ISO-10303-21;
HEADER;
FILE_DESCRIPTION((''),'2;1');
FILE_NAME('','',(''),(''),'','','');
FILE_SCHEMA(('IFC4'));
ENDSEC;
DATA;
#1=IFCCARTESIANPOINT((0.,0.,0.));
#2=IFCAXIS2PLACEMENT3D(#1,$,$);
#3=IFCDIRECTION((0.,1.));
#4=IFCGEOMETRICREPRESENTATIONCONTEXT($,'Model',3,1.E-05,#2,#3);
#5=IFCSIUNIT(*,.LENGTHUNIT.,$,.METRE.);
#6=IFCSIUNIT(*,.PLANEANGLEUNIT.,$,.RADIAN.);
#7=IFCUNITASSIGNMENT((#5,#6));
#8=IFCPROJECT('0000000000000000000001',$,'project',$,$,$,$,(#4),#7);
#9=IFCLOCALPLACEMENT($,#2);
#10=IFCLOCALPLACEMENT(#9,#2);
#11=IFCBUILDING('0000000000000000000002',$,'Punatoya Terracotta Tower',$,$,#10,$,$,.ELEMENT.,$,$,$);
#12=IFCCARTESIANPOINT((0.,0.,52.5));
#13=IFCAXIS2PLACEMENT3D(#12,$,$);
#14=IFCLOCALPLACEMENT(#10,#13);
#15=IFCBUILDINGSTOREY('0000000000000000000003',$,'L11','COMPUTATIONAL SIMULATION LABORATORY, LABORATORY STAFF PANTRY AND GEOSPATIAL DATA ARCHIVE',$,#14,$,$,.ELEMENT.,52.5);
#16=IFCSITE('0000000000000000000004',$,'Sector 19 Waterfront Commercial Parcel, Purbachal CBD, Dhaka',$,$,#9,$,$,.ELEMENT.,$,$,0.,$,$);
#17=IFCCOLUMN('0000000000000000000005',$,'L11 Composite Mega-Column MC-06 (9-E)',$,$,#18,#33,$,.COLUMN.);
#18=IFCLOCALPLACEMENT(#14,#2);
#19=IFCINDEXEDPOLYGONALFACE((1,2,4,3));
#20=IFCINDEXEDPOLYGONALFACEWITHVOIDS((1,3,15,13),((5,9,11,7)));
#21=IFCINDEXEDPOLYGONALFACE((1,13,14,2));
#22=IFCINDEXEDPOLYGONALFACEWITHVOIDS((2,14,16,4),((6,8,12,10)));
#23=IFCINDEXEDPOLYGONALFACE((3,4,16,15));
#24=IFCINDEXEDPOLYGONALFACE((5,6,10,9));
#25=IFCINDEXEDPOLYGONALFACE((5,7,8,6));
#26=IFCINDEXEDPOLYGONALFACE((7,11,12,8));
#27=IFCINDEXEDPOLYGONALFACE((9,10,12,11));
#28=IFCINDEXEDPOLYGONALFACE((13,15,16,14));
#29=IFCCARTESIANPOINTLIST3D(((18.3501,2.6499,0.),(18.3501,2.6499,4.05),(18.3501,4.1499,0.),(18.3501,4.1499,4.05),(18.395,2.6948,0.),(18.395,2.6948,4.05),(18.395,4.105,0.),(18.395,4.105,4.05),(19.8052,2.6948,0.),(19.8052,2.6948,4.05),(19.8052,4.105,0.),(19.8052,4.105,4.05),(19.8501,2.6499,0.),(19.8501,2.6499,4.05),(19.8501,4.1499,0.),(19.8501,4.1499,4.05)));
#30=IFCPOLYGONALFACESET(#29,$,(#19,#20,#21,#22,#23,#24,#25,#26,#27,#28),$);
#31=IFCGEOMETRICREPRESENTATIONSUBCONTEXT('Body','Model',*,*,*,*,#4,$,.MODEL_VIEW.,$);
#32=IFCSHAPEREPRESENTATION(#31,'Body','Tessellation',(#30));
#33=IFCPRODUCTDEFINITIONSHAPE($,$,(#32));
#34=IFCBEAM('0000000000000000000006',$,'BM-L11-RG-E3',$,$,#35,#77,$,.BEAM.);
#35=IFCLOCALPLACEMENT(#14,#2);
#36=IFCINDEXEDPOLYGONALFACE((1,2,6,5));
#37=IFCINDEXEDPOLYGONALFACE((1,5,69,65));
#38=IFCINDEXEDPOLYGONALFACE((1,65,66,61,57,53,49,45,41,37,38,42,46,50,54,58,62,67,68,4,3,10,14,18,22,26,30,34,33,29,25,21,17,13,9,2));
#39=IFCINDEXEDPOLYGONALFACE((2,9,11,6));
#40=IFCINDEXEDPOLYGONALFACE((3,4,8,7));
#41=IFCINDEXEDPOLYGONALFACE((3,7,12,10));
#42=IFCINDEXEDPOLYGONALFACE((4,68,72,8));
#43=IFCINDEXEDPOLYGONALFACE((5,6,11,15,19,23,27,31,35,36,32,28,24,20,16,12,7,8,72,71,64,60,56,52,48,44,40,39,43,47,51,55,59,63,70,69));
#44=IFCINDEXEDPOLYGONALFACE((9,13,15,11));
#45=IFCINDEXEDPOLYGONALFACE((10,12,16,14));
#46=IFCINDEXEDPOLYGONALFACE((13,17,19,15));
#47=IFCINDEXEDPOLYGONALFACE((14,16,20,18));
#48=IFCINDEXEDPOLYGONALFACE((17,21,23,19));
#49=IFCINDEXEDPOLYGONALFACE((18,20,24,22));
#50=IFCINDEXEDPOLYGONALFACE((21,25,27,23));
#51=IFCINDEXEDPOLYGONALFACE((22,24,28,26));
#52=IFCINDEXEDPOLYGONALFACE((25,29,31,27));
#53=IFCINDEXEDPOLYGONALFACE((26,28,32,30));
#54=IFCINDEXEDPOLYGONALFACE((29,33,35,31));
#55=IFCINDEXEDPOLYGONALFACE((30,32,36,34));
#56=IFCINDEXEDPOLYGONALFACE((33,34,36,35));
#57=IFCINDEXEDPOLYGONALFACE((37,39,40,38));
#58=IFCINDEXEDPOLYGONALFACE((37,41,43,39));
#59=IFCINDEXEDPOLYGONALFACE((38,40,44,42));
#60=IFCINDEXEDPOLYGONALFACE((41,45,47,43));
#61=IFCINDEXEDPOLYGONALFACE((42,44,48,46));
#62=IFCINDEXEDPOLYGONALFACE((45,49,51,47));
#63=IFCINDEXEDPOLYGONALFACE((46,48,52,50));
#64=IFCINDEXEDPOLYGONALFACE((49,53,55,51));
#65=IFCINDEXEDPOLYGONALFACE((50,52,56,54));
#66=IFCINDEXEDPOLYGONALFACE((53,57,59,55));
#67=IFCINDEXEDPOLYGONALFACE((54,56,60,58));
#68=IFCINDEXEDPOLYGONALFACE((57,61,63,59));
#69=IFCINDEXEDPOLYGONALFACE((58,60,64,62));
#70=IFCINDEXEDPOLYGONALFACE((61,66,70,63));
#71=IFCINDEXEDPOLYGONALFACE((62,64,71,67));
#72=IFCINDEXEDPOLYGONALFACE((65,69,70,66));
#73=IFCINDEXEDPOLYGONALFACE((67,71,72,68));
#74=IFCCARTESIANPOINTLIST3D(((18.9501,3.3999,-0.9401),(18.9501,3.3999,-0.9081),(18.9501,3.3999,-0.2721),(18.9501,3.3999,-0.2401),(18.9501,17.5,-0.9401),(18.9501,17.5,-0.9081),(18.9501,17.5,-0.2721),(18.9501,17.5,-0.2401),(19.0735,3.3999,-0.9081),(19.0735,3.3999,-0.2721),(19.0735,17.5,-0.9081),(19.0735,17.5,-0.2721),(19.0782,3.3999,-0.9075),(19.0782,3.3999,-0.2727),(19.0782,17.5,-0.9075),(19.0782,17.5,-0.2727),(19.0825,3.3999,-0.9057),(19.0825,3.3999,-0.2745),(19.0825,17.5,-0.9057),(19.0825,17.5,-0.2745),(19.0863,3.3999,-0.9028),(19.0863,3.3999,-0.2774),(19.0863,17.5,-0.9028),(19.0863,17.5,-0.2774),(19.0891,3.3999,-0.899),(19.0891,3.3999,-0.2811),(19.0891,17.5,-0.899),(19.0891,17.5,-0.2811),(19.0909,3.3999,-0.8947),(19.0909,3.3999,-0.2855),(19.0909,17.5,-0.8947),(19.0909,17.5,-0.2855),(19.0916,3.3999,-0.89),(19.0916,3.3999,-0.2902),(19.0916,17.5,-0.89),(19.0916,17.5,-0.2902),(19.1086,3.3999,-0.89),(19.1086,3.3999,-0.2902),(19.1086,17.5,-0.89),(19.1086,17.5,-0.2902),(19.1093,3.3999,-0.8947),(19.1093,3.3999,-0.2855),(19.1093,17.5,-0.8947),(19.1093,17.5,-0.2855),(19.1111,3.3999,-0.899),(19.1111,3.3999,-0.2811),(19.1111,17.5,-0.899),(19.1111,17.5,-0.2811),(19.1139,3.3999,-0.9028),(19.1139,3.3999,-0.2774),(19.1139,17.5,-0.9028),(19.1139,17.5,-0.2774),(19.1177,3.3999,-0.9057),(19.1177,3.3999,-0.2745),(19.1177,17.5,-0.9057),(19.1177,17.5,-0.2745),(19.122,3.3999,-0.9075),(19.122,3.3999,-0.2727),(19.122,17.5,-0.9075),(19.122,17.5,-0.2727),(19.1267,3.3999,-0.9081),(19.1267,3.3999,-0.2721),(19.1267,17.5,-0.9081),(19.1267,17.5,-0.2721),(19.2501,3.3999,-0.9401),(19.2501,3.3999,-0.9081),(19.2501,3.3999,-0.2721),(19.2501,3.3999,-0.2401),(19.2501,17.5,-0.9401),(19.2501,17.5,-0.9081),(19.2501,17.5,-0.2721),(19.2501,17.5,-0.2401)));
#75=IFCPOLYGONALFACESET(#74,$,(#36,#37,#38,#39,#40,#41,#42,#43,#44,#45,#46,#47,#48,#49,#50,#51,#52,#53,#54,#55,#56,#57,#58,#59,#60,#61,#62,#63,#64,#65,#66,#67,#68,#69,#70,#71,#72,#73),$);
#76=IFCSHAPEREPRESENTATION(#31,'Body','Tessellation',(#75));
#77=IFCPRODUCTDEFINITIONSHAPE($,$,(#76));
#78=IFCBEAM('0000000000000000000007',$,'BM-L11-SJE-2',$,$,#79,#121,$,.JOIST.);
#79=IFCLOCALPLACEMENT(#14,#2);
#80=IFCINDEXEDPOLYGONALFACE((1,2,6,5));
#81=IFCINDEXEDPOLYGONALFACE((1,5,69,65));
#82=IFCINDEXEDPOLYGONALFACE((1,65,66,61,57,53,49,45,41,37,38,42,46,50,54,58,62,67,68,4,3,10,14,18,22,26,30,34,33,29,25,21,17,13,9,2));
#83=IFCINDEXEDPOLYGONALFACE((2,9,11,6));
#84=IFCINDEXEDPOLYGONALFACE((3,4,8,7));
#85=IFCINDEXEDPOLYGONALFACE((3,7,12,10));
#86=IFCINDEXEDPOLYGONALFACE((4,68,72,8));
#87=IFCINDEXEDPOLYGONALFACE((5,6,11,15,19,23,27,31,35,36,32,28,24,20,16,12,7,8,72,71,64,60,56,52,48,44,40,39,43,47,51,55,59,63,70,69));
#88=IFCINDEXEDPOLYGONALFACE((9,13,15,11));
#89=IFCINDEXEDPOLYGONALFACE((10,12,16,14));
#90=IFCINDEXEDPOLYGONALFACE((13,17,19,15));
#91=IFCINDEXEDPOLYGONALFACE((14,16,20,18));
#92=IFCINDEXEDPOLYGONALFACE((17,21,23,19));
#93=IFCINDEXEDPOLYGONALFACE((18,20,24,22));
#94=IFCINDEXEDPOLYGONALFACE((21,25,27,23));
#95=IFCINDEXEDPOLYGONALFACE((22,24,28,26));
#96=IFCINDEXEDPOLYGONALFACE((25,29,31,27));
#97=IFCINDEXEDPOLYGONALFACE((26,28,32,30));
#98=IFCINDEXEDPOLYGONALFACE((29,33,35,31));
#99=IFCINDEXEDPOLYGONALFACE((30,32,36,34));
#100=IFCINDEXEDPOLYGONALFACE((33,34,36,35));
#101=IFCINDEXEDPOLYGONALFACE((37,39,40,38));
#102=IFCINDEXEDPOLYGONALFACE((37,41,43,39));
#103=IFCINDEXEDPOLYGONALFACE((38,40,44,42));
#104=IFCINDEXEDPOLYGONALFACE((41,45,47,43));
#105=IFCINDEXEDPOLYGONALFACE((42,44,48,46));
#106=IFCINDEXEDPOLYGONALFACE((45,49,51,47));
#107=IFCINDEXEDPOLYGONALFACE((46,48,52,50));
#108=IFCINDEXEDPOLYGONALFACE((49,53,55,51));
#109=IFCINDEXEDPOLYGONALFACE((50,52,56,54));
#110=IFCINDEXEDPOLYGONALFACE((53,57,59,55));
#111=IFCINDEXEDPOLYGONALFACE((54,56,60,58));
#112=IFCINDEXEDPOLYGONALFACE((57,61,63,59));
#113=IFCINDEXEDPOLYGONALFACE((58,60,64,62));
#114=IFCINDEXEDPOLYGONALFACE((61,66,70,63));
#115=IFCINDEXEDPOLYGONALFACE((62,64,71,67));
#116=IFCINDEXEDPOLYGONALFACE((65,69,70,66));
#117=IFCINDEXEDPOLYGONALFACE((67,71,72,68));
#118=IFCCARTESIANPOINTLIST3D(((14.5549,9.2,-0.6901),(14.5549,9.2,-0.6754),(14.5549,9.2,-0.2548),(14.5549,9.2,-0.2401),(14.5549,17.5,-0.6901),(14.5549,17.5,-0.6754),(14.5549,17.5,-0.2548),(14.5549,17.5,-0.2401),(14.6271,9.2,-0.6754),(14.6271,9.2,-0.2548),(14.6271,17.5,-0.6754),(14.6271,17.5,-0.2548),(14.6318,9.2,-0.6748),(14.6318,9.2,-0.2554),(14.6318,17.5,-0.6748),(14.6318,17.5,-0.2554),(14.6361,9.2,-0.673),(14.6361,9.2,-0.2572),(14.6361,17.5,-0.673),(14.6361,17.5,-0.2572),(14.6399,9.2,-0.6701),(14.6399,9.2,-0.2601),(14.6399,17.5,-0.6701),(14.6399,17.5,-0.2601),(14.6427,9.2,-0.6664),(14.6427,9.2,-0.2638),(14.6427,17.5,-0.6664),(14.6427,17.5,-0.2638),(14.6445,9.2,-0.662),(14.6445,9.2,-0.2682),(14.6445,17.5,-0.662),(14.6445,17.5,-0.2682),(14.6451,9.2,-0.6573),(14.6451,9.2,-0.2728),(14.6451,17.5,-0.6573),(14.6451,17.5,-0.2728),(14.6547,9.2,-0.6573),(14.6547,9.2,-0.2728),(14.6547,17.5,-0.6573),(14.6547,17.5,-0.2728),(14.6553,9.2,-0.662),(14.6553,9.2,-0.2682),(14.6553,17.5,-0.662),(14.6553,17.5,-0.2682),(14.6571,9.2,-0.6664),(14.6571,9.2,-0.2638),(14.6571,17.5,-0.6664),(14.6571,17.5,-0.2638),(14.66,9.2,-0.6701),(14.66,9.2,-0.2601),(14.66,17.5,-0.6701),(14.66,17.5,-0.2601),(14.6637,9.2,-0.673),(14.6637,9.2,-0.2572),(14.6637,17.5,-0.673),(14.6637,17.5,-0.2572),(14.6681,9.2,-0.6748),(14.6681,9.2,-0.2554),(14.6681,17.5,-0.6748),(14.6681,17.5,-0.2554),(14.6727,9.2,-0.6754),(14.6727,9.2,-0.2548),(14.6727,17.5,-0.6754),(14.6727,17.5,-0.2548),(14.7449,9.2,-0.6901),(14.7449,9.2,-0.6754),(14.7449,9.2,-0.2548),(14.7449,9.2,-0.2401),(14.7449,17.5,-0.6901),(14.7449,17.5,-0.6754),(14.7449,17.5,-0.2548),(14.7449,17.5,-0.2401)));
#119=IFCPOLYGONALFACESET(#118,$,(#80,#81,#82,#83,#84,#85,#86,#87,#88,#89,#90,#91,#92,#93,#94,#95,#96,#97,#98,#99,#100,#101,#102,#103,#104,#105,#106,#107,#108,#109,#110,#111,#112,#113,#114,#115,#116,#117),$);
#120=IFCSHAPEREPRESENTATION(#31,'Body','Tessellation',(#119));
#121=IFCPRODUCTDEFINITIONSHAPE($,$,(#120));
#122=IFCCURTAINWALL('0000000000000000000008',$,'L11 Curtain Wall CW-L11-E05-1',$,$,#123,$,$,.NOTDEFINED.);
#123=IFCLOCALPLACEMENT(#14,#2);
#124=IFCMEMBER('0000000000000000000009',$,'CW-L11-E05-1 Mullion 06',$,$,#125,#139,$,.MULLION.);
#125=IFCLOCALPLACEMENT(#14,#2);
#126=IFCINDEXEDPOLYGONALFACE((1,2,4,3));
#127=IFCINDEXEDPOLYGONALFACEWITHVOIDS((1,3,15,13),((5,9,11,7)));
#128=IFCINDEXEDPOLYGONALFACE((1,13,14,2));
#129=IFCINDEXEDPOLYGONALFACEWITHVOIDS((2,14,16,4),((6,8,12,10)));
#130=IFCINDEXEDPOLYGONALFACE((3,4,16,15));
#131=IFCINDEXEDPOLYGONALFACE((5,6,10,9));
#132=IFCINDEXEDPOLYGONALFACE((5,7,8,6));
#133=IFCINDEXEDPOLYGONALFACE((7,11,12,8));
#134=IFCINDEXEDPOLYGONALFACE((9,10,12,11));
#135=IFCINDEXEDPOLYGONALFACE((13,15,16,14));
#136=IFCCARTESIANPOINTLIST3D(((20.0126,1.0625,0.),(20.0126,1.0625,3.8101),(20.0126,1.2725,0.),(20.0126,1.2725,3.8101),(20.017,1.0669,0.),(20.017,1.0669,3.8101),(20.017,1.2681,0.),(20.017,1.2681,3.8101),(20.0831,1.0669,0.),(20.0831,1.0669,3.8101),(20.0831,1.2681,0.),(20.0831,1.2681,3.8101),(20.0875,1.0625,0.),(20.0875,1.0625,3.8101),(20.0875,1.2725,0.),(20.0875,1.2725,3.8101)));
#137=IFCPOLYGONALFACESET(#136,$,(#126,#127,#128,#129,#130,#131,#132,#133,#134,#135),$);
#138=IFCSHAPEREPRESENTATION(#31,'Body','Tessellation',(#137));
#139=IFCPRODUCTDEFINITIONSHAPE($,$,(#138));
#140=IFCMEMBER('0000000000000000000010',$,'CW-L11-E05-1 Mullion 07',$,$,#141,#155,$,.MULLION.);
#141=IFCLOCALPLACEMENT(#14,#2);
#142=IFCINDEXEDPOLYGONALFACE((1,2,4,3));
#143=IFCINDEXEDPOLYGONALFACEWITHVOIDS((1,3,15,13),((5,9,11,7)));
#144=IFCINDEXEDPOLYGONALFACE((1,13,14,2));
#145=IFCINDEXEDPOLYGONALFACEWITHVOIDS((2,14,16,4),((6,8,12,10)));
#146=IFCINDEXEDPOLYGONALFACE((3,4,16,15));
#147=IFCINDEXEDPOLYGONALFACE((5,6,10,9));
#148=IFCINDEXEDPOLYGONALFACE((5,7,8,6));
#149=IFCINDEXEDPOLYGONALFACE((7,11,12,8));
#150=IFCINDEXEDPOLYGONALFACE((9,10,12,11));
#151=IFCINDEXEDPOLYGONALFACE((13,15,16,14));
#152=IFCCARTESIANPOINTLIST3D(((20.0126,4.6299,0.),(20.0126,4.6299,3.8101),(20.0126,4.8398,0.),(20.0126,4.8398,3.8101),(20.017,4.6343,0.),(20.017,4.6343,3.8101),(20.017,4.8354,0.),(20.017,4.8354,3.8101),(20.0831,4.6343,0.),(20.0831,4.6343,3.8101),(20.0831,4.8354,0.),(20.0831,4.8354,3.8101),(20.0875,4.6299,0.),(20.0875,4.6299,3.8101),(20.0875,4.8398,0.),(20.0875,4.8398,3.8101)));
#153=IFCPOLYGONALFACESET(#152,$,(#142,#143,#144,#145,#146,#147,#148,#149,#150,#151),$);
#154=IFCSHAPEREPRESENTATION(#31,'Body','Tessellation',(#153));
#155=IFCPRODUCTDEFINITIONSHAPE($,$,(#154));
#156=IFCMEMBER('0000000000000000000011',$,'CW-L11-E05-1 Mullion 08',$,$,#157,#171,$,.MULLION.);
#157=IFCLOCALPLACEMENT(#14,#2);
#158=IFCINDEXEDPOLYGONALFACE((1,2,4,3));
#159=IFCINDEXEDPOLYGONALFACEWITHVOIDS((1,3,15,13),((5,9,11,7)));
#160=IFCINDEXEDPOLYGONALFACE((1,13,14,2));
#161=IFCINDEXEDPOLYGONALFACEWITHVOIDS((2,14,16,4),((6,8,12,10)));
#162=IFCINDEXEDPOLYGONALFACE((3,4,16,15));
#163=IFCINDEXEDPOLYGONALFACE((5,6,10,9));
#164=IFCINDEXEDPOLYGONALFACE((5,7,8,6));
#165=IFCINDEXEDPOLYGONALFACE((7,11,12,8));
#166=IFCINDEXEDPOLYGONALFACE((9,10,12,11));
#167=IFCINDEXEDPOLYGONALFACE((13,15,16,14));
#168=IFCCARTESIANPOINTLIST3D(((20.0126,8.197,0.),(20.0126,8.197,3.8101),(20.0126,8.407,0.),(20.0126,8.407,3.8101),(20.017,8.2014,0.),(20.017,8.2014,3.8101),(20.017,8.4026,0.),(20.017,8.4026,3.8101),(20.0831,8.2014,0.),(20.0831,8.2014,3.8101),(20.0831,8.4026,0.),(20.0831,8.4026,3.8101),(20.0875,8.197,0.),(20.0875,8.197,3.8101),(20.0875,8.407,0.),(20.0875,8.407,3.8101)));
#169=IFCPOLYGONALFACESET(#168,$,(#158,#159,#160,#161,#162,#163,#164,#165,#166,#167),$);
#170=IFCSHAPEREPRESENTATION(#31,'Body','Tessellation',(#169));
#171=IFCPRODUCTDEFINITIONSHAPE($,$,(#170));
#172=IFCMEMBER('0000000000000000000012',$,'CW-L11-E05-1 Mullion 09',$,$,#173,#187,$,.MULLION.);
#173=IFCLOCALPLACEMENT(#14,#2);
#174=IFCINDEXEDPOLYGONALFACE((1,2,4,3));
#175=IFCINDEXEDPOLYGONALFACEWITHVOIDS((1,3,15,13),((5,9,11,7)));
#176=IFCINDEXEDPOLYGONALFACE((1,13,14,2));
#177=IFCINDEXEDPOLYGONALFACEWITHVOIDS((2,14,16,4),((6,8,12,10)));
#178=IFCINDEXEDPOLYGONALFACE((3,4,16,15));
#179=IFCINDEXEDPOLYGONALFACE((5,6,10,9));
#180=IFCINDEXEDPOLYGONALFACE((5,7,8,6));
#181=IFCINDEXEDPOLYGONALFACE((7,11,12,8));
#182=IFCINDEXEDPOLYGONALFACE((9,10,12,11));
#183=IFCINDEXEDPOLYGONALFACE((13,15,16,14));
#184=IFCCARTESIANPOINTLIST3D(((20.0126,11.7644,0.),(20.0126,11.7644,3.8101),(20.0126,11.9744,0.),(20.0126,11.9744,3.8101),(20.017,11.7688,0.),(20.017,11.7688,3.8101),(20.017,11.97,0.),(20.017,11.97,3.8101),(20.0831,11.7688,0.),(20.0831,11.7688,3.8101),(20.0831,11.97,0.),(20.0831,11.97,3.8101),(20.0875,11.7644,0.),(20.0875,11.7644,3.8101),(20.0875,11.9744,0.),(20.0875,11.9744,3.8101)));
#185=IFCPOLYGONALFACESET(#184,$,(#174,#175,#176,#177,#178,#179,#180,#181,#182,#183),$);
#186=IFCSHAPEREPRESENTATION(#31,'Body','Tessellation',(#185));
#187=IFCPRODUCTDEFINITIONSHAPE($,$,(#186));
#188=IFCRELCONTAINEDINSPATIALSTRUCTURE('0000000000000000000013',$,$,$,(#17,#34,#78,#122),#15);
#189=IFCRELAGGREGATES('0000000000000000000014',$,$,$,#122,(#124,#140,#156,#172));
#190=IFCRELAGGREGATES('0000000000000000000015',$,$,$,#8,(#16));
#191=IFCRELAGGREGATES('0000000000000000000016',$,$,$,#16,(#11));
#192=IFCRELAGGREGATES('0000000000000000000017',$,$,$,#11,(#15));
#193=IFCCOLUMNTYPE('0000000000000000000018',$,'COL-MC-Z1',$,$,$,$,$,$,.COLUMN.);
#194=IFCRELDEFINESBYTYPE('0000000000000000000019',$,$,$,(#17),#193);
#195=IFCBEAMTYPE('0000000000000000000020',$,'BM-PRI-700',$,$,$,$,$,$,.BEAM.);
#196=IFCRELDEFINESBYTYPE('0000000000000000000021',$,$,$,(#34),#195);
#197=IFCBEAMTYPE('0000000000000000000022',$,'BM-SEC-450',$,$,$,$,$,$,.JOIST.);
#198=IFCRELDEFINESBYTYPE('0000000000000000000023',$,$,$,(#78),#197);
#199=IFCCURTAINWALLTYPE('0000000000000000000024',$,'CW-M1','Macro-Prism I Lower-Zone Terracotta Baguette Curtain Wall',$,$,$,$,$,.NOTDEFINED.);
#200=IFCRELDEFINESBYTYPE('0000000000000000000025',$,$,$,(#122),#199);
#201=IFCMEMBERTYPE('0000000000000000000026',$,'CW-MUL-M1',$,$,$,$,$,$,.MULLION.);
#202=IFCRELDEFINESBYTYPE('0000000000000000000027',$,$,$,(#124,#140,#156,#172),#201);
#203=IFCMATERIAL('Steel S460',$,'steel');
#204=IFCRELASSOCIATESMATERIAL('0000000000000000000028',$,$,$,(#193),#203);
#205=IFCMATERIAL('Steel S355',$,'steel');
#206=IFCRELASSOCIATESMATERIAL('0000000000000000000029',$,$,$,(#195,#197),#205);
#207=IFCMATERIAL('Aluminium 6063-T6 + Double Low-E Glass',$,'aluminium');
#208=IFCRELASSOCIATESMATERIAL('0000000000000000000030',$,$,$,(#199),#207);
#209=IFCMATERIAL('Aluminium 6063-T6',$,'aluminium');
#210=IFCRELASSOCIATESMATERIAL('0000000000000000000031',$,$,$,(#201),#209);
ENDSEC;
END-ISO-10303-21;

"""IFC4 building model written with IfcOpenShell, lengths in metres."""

from ifc_helpers import new_model, si_unit, direction, frame, origin, origin_2d, place, context, subcontext, project, spatial, hollow_rectangle, i_section, extrude, material, material_profile, profile_set, type_object, element, aggregate, save


model = new_model("IFC4")

# Units and contexts
model_context = context("Model", 3, precision=1e-05, world=origin(), true_north=direction((0.0, 1.0)))
body_context = subcontext(model_context, "Body", "Model", "MODEL_VIEW")
ifc_project = project(units=[si_unit("LENGTHUNIT", "METRE"), si_unit("PLANEANGLEUNIT", "RADIAN")], contexts=[model_context])

# Site, building, storey
site_placement = place(None, origin())
site = spatial("IfcSite", under=ifc_project, at=site_placement, Name="Sector 19 Waterfront Commercial Parcel, Purbachal CBD, Dhaka", CompositionType="ELEMENT", RefElevation=0.0)
building_placement = place(site_placement, origin())
building = spatial("IfcBuilding", under=site, at=building_placement, Name="Punatoya Terracotta Tower", CompositionType="ELEMENT")
storey_placement = place(building_placement, frame((0.0, 0.0, 52.5)))
storey = spatial("IfcBuildingStorey", under=building, at=storey_placement, Name="L11", Description="COMPUTATIONAL SIMULATION LABORATORY, LABORATORY STAFF PANTRY AND GEOSPATIAL DATA ARCHIVE", CompositionType="ELEMENT", Elevation=52.5)

# Column
ifc_material_1 = material(Name="Steel S460", Category="steel")
ifc_material_profile_1 = material_profile(ifc_material_1, hollow_rectangle(XDim=1.5, YDim=1.5, WallThickness=0.0449, at=origin_2d()))
ifc_profile_set_1 = profile_set([ifc_material_profile_1], Name="Steel S460")
column_type = type_object("IfcColumnType", Name="COL-MC-Z1", PredefinedType="COLUMN", material=ifc_profile_set_1)
column_placement = place(storey_placement, frame((19.1001, 3.3999, 0.0), z_axis=(0.0, 0.0, 1.0), x_axis=(1.0, 0.0, 0.0)))
element("IfcColumn", 1, at=column_placement, inside=storey, type_object=column_type, Name="L11 Composite Mega-Column MC-06 (9-E)", PredefinedType="COLUMN", context=body_context, shape_type="SweptSolid", body=[
    extrude(hollow_rectangle(XDim=1.5, YDim=1.5, WallThickness=0.0449, at=origin_2d()), origin(), (0.0, 0.0, 1.0), 4.05),
])

# Beams
ifc_material_2 = material(Name="Steel S355", Category="steel")
ifc_material_profile_2 = material_profile(ifc_material_2, i_section(OverallWidth=0.3, OverallDepth=0.7, WebThickness=0.0171, FlangeThickness=0.032, FilletRadius=0.0181, at=origin_2d()))
ifc_profile_set_2 = profile_set([ifc_material_profile_2], Name="Steel S355")
beam_type_1 = type_object("IfcBeamType", Name="BM-PRI-700", PredefinedType="BEAM", material=ifc_profile_set_2)
beam_1_placement = place(storey_placement, frame((19.1001, 3.3999, -0.5901), z_axis=(0.0, 1.0, 0.0), x_axis=(-1.0, 0.0, 0.0)))
element("IfcBeam", 2, at=beam_1_placement, inside=storey, type_object=beam_type_1, Name="BM-L11-RG-E3", PredefinedType="BEAM", context=body_context, shape_type="SweptSolid", body=[
    extrude(i_section(OverallWidth=0.3, OverallDepth=0.7, WebThickness=0.0171, FlangeThickness=0.032, FilletRadius=0.0181, at=origin_2d()), origin(), (0.0, 0.0, 1.0), 14.1001),
])
ifc_material_profile_3 = material_profile(ifc_material_2, i_section(OverallWidth=0.1899, OverallDepth=0.45, WebThickness=0.0095, FlangeThickness=0.0146, FilletRadius=0.0181, at=origin_2d()))
ifc_profile_set_3 = profile_set([ifc_material_profile_3], Name="Steel S355")
beam_type_2 = type_object("IfcBeamType", Name="BM-SEC-450", PredefinedType="JOIST", material=ifc_profile_set_3)
beam_2_placement = place(storey_placement, frame((14.6499, 9.2, -0.4651), z_axis=(0.0, 1.0, 0.0), x_axis=(-1.0, 0.0, 0.0)))
element("IfcBeam", 3, at=beam_2_placement, inside=storey, type_object=beam_type_2, Name="BM-L11-SJE-2", PredefinedType="JOIST", context=body_context, shape_type="SweptSolid", body=[
    extrude(i_section(OverallWidth=0.1899, OverallDepth=0.45, WebThickness=0.0095, FlangeThickness=0.0146, FilletRadius=0.0181, at=origin_2d()), origin(), (0.0, 0.0, 1.0), 8.3),
])

# Curtain wall, members
ifc_material_3 = material(Name="Aluminium 6063-T6 + Double Low-E Glass", Category="aluminium")
curtain_wall_type = type_object("IfcCurtainWallType", Name="CW-M1", Description="Macro-Prism I Lower-Zone Terracotta Baguette Curtain Wall", PredefinedType="NOTDEFINED", material=ifc_material_3)
curtain_wall_1_placement = place(storey_placement, origin())
curtain_wall_1 = element("IfcCurtainWall", 4, at=curtain_wall_1_placement, inside=storey, type_object=curtain_wall_type, Name="L11 Curtain Wall CW-L11-E05-1", PredefinedType="NOTDEFINED")
ifc_material_4 = material(Name="Aluminium 6063-T6", Category="aluminium")
ifc_material_profile_4 = material_profile(ifc_material_4, hollow_rectangle(XDim=0.075, YDim=0.21, WallThickness=0.0044, at=origin_2d()))
ifc_profile_set_4 = profile_set([ifc_material_profile_4], Name="Aluminium 6063-T6")
member_type_1 = type_object("IfcMemberType", Name="CW-MUL-M1", PredefinedType="MULLION", material=ifc_profile_set_4)
member_1_placement = place(storey_placement, frame((20.05, 1.1675, 0.0), z_axis=(0.0, 0.0, 1.0), x_axis=(1.0, 0.0, 0.0)))
member_1 = element("IfcMember", 5, at=member_1_placement, type_object=member_type_1, Name="CW-L11-E05-1 Mullion 06", PredefinedType="MULLION", context=body_context, shape_type="SweptSolid", body=[
    extrude(hollow_rectangle(XDim=0.075, YDim=0.21, WallThickness=0.0044, at=origin_2d()), origin(), (0.0, 0.0, 1.0), 3.8101),
])
member_2_placement = place(storey_placement, frame((20.05, 4.7349, 0.0), z_axis=(0.0, 0.0, 1.0), x_axis=(1.0, 0.0, 0.0)))
member_2 = element("IfcMember", 6, at=member_2_placement, type_object=member_type_1, Name="CW-L11-E05-1 Mullion 07", PredefinedType="MULLION", context=body_context, shape_type="SweptSolid", body=[
    extrude(hollow_rectangle(XDim=0.075, YDim=0.21, WallThickness=0.0044, at=origin_2d()), origin(), (0.0, 0.0, 1.0), 3.8101),
])
member_3_placement = place(storey_placement, frame((20.05, 8.302, 0.0), z_axis=(0.0, 0.0, 1.0), x_axis=(1.0, 0.0, 0.0)))
member_3 = element("IfcMember", 7, at=member_3_placement, type_object=member_type_1, Name="CW-L11-E05-1 Mullion 08", PredefinedType="MULLION", context=body_context, shape_type="SweptSolid", body=[
    extrude(hollow_rectangle(XDim=0.075, YDim=0.21, WallThickness=0.0044, at=origin_2d()), origin(), (0.0, 0.0, 1.0), 3.8101),
])
member_4_placement = place(storey_placement, frame((20.05, 11.8694, 0.0), z_axis=(0.0, 0.0, 1.0), x_axis=(1.0, 0.0, 0.0)))
member_4 = element("IfcMember", 8, at=member_4_placement, type_object=member_type_1, Name="CW-L11-E05-1 Mullion 09", PredefinedType="MULLION", context=body_context, shape_type="SweptSolid", body=[
    extrude(hollow_rectangle(XDim=0.075, YDim=0.21, WallThickness=0.0044, at=origin_2d()), origin(), (0.0, 0.0, 1.0), 3.8101),
])

aggregate(curtain_wall_1, [member_1, member_2, member_3, member_4])

save(model, "model.ifc")
